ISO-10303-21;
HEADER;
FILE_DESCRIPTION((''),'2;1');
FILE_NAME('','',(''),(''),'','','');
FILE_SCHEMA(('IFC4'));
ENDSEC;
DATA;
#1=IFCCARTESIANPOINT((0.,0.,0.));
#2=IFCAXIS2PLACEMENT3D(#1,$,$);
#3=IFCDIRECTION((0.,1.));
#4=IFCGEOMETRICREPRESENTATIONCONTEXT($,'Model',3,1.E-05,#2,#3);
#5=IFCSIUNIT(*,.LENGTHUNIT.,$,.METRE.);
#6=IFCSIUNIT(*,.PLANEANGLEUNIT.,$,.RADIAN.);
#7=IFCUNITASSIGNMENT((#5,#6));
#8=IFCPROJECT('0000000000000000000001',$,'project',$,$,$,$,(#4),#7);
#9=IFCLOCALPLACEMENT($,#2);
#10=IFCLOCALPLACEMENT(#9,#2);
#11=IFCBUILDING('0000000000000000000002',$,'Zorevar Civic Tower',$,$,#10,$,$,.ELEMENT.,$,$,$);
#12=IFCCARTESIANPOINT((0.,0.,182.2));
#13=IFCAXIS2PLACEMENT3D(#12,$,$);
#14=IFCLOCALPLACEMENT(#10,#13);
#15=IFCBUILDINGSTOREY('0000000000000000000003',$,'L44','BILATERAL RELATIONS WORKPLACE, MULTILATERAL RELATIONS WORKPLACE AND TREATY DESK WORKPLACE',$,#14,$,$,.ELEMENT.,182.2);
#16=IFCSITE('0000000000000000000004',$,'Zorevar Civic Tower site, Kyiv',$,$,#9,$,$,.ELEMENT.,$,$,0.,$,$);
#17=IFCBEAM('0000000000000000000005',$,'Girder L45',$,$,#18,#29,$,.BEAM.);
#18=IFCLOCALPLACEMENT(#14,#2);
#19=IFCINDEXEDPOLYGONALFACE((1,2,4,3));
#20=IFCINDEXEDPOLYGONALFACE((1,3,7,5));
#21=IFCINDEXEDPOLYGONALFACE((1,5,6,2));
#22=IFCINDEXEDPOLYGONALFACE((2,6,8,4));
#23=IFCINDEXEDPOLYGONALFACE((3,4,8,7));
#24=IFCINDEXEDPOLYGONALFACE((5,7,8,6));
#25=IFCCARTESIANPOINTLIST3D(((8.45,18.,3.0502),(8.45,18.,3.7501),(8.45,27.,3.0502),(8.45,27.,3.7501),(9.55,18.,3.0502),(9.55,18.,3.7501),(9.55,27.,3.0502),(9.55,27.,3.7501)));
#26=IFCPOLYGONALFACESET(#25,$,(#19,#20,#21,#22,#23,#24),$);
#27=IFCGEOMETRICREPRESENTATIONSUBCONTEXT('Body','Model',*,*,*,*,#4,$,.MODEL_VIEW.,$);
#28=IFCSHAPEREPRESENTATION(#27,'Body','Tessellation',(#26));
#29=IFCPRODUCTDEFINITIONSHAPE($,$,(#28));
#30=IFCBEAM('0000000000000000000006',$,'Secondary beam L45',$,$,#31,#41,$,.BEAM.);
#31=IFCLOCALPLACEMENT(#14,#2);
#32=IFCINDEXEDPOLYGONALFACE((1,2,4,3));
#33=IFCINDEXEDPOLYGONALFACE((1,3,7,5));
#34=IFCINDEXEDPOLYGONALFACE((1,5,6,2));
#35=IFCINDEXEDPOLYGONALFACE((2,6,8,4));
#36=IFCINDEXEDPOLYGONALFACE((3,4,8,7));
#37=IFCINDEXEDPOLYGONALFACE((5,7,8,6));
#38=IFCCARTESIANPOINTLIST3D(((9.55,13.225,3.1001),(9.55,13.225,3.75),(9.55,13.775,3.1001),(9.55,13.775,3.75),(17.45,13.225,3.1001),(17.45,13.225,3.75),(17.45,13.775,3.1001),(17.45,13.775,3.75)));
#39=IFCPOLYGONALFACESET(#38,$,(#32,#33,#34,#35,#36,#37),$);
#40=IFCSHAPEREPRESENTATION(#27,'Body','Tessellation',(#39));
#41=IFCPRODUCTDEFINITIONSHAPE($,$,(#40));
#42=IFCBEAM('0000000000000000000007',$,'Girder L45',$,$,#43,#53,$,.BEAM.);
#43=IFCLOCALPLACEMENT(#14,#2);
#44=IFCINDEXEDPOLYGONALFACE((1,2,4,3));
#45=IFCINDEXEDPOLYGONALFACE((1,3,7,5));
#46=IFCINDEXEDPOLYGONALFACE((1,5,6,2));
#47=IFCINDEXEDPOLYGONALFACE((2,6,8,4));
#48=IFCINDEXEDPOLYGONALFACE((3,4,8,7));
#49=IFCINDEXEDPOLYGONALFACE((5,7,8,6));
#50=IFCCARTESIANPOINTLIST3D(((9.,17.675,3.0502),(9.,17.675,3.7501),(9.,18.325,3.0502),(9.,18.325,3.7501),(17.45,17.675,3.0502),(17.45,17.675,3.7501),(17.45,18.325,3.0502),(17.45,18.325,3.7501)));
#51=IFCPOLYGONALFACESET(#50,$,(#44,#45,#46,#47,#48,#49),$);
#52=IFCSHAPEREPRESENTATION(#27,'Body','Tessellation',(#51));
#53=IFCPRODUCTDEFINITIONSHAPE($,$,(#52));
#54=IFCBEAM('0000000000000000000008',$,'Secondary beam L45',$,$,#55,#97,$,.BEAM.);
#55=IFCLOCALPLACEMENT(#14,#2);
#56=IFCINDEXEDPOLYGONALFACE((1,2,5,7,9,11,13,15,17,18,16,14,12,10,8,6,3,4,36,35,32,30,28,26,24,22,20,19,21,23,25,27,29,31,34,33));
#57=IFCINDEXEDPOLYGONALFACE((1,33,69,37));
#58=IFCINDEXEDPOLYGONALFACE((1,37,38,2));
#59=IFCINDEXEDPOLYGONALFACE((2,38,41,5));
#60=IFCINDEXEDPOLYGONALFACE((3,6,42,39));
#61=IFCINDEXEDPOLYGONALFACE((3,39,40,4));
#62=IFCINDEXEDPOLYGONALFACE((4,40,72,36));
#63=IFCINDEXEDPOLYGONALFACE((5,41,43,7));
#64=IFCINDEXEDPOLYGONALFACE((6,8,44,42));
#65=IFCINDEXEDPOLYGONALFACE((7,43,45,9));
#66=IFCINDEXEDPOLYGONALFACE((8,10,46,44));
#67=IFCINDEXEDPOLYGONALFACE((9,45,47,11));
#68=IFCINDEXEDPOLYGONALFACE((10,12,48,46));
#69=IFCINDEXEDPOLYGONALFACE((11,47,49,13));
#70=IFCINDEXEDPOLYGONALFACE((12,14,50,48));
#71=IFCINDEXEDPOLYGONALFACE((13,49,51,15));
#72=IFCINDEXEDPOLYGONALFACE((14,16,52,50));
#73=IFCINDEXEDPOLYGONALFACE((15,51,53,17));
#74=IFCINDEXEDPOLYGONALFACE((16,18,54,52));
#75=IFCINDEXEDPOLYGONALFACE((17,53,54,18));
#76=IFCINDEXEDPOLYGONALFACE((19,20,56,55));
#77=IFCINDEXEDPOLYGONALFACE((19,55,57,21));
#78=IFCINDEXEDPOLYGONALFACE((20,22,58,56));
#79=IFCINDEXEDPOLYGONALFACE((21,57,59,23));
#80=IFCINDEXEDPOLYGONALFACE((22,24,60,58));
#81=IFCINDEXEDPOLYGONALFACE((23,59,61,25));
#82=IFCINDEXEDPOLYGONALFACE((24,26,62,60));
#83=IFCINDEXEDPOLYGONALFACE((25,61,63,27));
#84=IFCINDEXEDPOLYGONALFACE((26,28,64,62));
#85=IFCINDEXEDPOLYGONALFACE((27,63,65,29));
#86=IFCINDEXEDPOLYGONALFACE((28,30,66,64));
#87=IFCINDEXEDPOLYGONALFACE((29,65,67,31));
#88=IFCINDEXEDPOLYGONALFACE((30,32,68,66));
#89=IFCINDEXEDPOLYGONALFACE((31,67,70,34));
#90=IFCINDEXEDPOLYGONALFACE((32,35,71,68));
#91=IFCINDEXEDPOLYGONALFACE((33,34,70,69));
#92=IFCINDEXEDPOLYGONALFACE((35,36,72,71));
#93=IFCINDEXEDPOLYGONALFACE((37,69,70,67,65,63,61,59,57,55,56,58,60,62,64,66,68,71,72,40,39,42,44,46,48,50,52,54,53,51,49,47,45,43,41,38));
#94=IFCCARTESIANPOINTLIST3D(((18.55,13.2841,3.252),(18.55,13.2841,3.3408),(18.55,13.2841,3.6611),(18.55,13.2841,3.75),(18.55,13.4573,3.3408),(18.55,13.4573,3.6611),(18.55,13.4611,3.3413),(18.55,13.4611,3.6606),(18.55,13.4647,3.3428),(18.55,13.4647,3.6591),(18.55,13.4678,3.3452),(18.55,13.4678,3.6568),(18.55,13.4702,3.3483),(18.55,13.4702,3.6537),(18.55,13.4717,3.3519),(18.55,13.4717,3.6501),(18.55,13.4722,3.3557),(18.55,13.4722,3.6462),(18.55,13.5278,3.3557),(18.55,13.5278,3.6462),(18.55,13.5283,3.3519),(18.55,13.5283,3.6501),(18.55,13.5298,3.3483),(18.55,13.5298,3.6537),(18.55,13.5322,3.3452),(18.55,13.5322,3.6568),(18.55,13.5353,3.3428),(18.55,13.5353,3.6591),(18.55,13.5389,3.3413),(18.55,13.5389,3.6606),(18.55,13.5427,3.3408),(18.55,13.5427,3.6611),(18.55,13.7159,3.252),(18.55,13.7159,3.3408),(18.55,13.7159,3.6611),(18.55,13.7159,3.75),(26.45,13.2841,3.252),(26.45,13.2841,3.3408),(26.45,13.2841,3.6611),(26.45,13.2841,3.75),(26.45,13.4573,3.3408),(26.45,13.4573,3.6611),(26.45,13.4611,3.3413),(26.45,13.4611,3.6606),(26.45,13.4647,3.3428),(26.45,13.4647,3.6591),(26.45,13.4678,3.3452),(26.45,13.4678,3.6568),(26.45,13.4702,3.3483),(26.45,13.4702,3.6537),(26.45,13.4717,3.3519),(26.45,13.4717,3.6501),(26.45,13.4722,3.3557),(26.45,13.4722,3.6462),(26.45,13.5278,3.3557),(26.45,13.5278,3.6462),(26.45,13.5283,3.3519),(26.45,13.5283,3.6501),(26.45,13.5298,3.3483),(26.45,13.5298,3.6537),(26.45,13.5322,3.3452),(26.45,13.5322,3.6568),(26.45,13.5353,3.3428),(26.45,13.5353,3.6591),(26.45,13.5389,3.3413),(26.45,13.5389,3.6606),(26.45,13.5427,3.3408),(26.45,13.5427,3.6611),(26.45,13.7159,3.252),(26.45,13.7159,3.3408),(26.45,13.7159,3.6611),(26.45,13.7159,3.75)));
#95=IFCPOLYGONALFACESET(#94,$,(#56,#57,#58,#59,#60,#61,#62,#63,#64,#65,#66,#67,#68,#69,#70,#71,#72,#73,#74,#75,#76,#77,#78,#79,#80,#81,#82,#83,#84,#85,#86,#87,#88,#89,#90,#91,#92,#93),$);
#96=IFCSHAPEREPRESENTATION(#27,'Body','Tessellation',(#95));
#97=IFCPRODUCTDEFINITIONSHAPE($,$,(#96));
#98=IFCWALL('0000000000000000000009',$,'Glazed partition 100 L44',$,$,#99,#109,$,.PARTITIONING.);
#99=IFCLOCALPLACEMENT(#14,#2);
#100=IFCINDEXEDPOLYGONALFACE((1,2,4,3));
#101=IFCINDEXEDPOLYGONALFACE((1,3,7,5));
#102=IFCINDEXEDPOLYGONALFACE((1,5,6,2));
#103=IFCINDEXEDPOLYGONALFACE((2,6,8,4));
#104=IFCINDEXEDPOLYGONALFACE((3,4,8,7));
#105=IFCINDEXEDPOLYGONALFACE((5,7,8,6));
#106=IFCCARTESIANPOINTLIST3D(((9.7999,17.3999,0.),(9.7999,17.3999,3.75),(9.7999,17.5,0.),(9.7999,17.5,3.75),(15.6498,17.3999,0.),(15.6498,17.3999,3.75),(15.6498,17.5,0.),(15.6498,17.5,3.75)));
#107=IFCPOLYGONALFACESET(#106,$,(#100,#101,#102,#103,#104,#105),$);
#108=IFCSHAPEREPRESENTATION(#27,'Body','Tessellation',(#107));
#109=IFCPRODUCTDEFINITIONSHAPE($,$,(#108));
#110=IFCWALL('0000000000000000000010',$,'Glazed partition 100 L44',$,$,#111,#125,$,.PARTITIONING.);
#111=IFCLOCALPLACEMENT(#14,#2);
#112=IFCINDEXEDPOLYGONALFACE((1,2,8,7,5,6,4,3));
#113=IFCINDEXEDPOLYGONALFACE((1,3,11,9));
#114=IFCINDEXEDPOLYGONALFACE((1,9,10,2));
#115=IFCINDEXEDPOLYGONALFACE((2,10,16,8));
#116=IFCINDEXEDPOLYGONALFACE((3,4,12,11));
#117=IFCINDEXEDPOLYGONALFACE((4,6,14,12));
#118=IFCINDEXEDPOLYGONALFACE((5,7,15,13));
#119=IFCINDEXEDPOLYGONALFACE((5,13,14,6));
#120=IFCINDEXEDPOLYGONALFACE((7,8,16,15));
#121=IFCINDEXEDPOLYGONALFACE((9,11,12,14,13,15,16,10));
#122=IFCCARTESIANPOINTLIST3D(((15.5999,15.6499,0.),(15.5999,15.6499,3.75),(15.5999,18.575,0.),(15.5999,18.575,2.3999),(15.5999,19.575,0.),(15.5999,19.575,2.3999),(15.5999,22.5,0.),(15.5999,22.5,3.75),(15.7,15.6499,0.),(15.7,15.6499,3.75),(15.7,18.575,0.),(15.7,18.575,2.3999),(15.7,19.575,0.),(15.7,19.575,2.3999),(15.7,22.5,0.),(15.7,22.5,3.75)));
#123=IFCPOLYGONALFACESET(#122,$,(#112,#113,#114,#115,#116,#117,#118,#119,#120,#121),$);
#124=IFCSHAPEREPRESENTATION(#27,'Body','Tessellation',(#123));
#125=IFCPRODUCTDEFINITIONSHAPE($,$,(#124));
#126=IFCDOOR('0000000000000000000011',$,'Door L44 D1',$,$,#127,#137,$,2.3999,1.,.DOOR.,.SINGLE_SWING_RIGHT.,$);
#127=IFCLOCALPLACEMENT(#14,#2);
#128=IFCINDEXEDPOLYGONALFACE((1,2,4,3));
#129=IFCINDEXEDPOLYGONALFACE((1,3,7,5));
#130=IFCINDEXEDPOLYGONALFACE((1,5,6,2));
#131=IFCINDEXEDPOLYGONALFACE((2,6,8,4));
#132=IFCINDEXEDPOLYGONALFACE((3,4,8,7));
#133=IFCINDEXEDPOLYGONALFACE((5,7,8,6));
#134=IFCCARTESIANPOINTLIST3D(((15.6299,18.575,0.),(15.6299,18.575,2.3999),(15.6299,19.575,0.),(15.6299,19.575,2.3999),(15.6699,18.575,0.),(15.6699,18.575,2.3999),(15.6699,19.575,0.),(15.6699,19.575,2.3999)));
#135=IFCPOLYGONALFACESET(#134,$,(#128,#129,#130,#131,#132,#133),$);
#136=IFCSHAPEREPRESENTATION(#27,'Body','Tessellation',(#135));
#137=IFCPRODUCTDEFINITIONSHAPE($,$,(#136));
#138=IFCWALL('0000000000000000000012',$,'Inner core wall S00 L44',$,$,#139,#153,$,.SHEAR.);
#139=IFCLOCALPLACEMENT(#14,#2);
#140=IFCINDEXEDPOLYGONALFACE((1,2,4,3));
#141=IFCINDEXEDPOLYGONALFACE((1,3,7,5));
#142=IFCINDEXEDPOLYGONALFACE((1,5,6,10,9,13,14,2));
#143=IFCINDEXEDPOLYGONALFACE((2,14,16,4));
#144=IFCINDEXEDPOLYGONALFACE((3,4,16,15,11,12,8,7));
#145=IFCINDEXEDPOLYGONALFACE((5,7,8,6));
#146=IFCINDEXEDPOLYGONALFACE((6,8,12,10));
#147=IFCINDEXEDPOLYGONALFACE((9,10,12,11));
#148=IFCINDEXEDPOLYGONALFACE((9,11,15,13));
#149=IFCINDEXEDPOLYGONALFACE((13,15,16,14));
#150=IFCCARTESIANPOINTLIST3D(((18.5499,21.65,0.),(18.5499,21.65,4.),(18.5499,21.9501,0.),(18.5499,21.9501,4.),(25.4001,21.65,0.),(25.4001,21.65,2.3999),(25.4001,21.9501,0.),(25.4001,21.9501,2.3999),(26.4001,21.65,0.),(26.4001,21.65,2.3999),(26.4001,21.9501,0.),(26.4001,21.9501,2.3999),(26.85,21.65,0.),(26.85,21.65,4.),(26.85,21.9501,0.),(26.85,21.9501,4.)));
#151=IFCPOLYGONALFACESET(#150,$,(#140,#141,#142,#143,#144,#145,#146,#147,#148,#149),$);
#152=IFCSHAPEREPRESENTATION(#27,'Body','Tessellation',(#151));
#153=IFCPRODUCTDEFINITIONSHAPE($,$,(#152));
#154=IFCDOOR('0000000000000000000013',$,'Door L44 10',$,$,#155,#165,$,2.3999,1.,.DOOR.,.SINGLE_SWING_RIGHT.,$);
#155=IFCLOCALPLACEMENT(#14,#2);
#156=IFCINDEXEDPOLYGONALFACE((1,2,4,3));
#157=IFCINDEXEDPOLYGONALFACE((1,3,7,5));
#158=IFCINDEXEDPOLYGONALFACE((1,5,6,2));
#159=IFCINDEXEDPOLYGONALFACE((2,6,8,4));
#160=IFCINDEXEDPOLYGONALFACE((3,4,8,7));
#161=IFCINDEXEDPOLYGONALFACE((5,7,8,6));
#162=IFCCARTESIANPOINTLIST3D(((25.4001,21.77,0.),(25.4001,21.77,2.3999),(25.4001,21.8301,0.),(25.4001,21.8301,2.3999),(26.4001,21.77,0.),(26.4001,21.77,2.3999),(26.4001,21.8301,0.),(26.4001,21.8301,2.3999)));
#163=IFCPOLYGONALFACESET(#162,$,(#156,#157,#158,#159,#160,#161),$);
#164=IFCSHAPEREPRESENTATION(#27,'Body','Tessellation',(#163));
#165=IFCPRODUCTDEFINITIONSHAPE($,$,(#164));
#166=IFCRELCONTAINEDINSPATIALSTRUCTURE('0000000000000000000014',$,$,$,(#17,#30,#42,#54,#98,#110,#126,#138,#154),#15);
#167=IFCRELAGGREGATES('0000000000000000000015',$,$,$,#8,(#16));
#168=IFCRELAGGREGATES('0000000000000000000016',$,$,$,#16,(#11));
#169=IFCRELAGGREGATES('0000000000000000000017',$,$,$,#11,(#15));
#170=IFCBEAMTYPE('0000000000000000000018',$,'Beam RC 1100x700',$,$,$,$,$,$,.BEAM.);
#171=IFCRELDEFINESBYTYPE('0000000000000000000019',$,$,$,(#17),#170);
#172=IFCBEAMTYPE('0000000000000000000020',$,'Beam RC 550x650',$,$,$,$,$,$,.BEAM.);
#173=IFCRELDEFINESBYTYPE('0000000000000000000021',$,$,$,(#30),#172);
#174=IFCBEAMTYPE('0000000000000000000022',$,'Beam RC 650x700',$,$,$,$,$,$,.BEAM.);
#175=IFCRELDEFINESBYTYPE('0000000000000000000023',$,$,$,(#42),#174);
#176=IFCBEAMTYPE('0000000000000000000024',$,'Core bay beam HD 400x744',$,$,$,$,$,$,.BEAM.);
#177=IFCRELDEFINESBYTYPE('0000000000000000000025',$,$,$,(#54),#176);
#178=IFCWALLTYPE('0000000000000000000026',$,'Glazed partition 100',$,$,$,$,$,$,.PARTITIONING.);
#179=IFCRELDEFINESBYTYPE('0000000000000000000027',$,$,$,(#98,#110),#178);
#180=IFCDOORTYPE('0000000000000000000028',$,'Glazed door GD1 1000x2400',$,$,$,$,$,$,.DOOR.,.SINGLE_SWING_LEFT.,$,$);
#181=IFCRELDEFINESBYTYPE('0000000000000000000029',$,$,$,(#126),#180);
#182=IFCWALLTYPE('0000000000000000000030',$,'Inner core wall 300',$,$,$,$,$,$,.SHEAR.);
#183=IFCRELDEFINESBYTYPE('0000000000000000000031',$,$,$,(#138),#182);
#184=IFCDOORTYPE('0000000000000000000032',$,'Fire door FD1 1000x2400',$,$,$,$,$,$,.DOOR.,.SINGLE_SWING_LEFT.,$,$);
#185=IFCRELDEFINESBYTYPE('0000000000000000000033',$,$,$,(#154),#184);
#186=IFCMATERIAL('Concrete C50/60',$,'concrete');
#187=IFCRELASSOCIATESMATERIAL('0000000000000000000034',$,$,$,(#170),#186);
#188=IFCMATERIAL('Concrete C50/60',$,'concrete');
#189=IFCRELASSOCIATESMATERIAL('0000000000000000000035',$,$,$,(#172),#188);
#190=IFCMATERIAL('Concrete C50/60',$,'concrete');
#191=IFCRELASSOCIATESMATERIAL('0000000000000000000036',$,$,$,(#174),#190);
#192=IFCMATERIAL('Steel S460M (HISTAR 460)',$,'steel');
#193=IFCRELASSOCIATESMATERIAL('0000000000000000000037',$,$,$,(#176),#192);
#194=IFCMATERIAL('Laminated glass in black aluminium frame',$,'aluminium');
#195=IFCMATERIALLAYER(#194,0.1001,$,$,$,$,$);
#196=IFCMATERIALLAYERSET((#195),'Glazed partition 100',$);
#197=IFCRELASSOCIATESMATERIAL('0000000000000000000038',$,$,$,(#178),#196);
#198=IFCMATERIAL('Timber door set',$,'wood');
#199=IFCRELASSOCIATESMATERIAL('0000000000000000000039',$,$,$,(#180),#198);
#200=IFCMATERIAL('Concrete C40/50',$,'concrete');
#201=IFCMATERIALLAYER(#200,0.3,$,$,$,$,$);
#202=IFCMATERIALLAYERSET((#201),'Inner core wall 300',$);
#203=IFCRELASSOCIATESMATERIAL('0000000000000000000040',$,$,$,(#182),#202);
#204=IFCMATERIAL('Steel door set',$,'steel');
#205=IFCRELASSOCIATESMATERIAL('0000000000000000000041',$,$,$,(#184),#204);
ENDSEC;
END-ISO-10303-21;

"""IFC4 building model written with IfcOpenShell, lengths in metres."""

from ifc_helpers import new_model, si_unit, direction, frame, frame_2d, origin, origin_2d, place, context, subcontext, project, spatial, rectangle, i_section, extrude, material, layer, layer_set, material_profile, profile_set, type_object, element, fill, save


model = new_model("IFC4")

# Units and contexts
model_context = context("Model", 3, precision=1e-05, world=origin(), true_north=direction((0.0, 1.0)))
body_context = subcontext(model_context, "Body", "Model", "MODEL_VIEW")
ifc_project = project(units=[si_unit("LENGTHUNIT", "METRE"), si_unit("PLANEANGLEUNIT", "RADIAN")], contexts=[model_context])

# Site, building, storey
site_placement = place(None, origin())
site = spatial("IfcSite", under=ifc_project, at=site_placement, Name="Zorevar Civic Tower site, Kyiv", CompositionType="ELEMENT", RefElevation=0.0)
building_placement = place(site_placement, origin())
building = spatial("IfcBuilding", under=site, at=building_placement, Name="Zorevar Civic Tower", CompositionType="ELEMENT")
storey_placement = place(building_placement, frame((0.0, 0.0, 182.2)))
storey = spatial("IfcBuildingStorey", under=building, at=storey_placement, Name="L44", Description="BILATERAL RELATIONS WORKPLACE, MULTILATERAL RELATIONS WORKPLACE AND TREATY DESK WORKPLACE", CompositionType="ELEMENT", Elevation=182.2)

# Beams
ifc_material_1 = material(Name="Concrete C50/60", Category="concrete")
ifc_material_profile_1 = material_profile(ifc_material_1, rectangle(XDim=1.1001, YDim=0.7, at=origin_2d()), Name="RC 1100x700")
ifc_profile_set_1 = profile_set([ifc_material_profile_1], Name="Concrete C50/60")
beam_type_1 = type_object("IfcBeamType", Name="Beam RC 1100x700", PredefinedType="BEAM", material=ifc_profile_set_1)
beam_1_placement = place(storey_placement, frame((9.0, 18.0, 3.4001), z_axis=(0.0, 1.0, 0.0), x_axis=(-1.0, 0.0, 0.0)))
element("IfcBeam", 1, at=beam_1_placement, inside=storey, type_object=beam_type_1, Name="Girder L45", PredefinedType="BEAM", context=body_context, shape_type="SweptSolid", body=[
    extrude(rectangle(XDim=1.1001, YDim=0.7, at=origin_2d()), origin(), (0.0, 0.0, 1.0), 9.0),
])
ifc_material_2 = material(Name="Concrete C50/60", Category="concrete")
ifc_material_profile_2 = material_profile(ifc_material_2, rectangle(XDim=0.55, YDim=0.6499, at=origin_2d()), Name="RC 550x650")
ifc_profile_set_2 = profile_set([ifc_material_profile_2], Name="Concrete C50/60")
beam_type_2 = type_object("IfcBeamType", Name="Beam RC 550x650", PredefinedType="BEAM", material=ifc_profile_set_2)
beam_2_placement = place(storey_placement, frame((9.55, 13.5, 3.425), z_axis=(1.0, 0.0, 0.0), x_axis=(0.0, 1.0, 0.0)))
element("IfcBeam", 2, at=beam_2_placement, inside=storey, type_object=beam_type_2, Name="Secondary beam L45", PredefinedType="BEAM", context=body_context, shape_type="SweptSolid", body=[
    extrude(rectangle(XDim=0.55, YDim=0.6499, at=origin_2d()), origin(), (0.0, 0.0, 1.0), 7.8999),
])
ifc_material_3 = material(Name="Concrete C50/60", Category="concrete")
ifc_material_profile_3 = material_profile(ifc_material_3, rectangle(XDim=0.6499, YDim=0.7, at=origin_2d()), Name="RC 650x700")
ifc_profile_set_3 = profile_set([ifc_material_profile_3], Name="Concrete C50/60")
beam_type_3 = type_object("IfcBeamType", Name="Beam RC 650x700", PredefinedType="BEAM", material=ifc_profile_set_3)
beam_3_placement = place(storey_placement, frame((9.0, 18.0, 3.4001), z_axis=(1.0, 0.0, 0.0), x_axis=(0.0, 1.0, 0.0)))
element("IfcBeam", 3, at=beam_3_placement, inside=storey, type_object=beam_type_3, Name="Girder L45", PredefinedType="BEAM", context=body_context, shape_type="SweptSolid", body=[
    extrude(rectangle(XDim=0.6499, YDim=0.7, at=origin_2d()), origin(), (0.0, 0.0, 1.0), 8.45),
])
ifc_material_4 = material(Name="Steel S460M (HISTAR 460)", Category="steel")
ifc_material_profile_4 = material_profile(ifc_material_4, i_section(OverallWidth=0.4319, OverallDepth=0.498, WebThickness=0.0557, FlangeThickness=0.0889, FilletRadius=0.0149, at=origin_2d()), Name="HD 400x744")
ifc_profile_set_4 = profile_set([ifc_material_profile_4], Name="Steel S460M (HISTAR 460)")
beam_type_4 = type_object("IfcBeamType", Name="Core bay beam HD 400x744", PredefinedType="BEAM", material=ifc_profile_set_4)
beam_4_placement = place(storey_placement, frame((18.55, 13.5, 3.501), z_axis=(1.0, 0.0, 0.0), x_axis=(0.0, 1.0, 0.0)))
element("IfcBeam", 4, at=beam_4_placement, inside=storey, type_object=beam_type_4, Name="Secondary beam L45", PredefinedType="BEAM", context=body_context, shape_type="SweptSolid", body=[
    extrude(i_section(OverallWidth=0.4319, OverallDepth=0.498, WebThickness=0.0557, FlangeThickness=0.0889, FilletRadius=0.0149, at=origin_2d()), origin(), (0.0, 0.0, 1.0), 7.8999),
])

# Shared definitions
ifc_material_5 = material(Name="Laminated glass in black aluminium frame", Category="aluminium")
ifc_layer_1 = layer(ifc_material_5, 0.1001)
ifc_layer_set_1 = layer_set([ifc_layer_1], Name="Glazed partition 100")
wall_type_1 = type_object("IfcWallType", Name="Glazed partition 100", PredefinedType="PARTITIONING", material=ifc_layer_set_1)
ifc_material_6 = material(Name="Timber door set", Category="wood")
door_type_1 = type_object("IfcDoorType", Name="Glazed door GD1 1000x2400", OperationType="SINGLE_SWING_LEFT", PredefinedType="DOOR", material=ifc_material_6)

# Wall
wall_1_placement = place(storey_placement, frame((9.8, 17.45, 0.0), z_axis=(0.0, 0.0, 1.0), x_axis=(1.0, 0.0, 0.0)))
element("IfcWall", 5, at=wall_1_placement, inside=storey, type_object=wall_type_1, Name="Glazed partition 100 L44", PredefinedType="PARTITIONING", context=body_context, shape_type="SweptSolid", body=[
    extrude(rectangle(XDim=5.8499, YDim=0.1001, at=frame_2d((2.9248, 0.0))), origin(), (0.0, 0.0, 1.0), 3.75),
])

# Walls, openings, doors
wall_2_placement = place(storey_placement, frame((15.6499, 15.6499, 0.0), z_axis=(0.0, 0.0, 1.0), x_axis=(0.0, 1.0, 0.0)))
wall_2 = element("IfcWall", 6, at=wall_2_placement, inside=storey, type_object=wall_type_1, Name="Glazed partition 100 L44", PredefinedType="PARTITIONING", context=body_context, shape_type="SweptSolid", body=[
    extrude(rectangle(XDim=6.8501, YDim=0.1001, at=frame_2d((3.425, 0.0))), origin(), (0.0, 0.0, 1.0), 3.75),
])
opening_1_placement = place(wall_2_placement, frame((2.925, 0.0, 0.0)))
opening_1 = element("IfcOpeningElement", 7, at=opening_1_placement, cuts=wall_2, PredefinedType="OPENING", context=body_context, shape_type="SweptSolid", body=[
    extrude(rectangle(XDim=1.0, YDim=2.3999, at=frame_2d((0.5, 1.2))), frame((0.0, 0.0601, 0.0), z_axis=(0.0, -1.0, 0.0), x_axis=(1.0, 0.0, 0.0)), (0.0, 0.0, 1.0), 0.1201),
])
door_1_placement = place(opening_1_placement, origin())
door_1 = element("IfcDoor", 8, at=door_1_placement, inside=storey, type_object=door_type_1, Name="Door L44 D1", OperationType="SINGLE_SWING_RIGHT", OverallHeight=2.3999, OverallWidth=1.0, PredefinedType="DOOR", context=body_context, shape_type="SweptSolid", body=[
    extrude(rectangle(XDim=1.0, YDim=2.3999, at=frame_2d((0.5, 1.2))), frame((0.0, 0.02, 0.0), z_axis=(0.0, -1.0, 0.0), x_axis=(1.0, 0.0, 0.0)), (0.0, 0.0, 1.0), 0.04),
])
fill(opening_1, door_1)
ifc_material_7 = material(Name="Concrete C40/50", Category="concrete")
ifc_layer_2 = layer(ifc_material_7, 0.3)
ifc_layer_set_2 = layer_set([ifc_layer_2], Name="Inner core wall 300")
wall_type_2 = type_object("IfcWallType", Name="Inner core wall 300", PredefinedType="SHEAR", material=ifc_layer_set_2)
wall_3_placement = place(storey_placement, frame((18.55, 21.8, 0.0), z_axis=(0.0, 0.0, 1.0), x_axis=(1.0, 0.0, 0.0)))
wall_3 = element("IfcWall", 9, at=wall_3_placement, inside=storey, type_object=wall_type_2, Name="Inner core wall S00 L44", PredefinedType="SHEAR", context=body_context, shape_type="SweptSolid", body=[
    extrude(rectangle(XDim=8.3, YDim=0.3, at=frame_2d((4.1499, 0.0))), origin(), (0.0, 0.0, 1.0), 4.0),
])
opening_2_placement = place(wall_3_placement, frame((6.8501, 0.0, 0.0)))
opening_2 = element("IfcOpeningElement", 10, at=opening_2_placement, cuts=wall_3, PredefinedType="OPENING", context=body_context, shape_type="SweptSolid", body=[
    extrude(rectangle(XDim=1.0, YDim=2.3999, at=frame_2d((0.5, 1.2))), frame((0.0, 0.1599, 0.0), z_axis=(0.0, -1.0, 0.0), x_axis=(1.0, 0.0, 0.0)), (0.0, 0.0, 1.0), 0.3201),
])
ifc_material_8 = material(Name="Steel door set", Category="steel")
door_type_2 = type_object("IfcDoorType", Name="Fire door FD1 1000x2400", OperationType="SINGLE_SWING_LEFT", PredefinedType="DOOR", material=ifc_material_8)
door_2_placement = place(opening_2_placement, origin())
door_2 = element("IfcDoor", 11, at=door_2_placement, inside=storey, type_object=door_type_2, Name="Door L44 10", OperationType="SINGLE_SWING_RIGHT", OverallHeight=2.3999, OverallWidth=1.0, PredefinedType="DOOR", context=body_context, shape_type="SweptSolid", body=[
    extrude(rectangle(XDim=1.0, YDim=2.3999, at=frame_2d((0.5, 1.2))), frame((0.0, 0.03, 0.0), z_axis=(0.0, -1.0, 0.0), x_axis=(1.0, 0.0, 0.0)), (0.0, 0.0, 1.0), 0.0601),
])
fill(opening_2, door_2)

save(model, "model.ifc")
